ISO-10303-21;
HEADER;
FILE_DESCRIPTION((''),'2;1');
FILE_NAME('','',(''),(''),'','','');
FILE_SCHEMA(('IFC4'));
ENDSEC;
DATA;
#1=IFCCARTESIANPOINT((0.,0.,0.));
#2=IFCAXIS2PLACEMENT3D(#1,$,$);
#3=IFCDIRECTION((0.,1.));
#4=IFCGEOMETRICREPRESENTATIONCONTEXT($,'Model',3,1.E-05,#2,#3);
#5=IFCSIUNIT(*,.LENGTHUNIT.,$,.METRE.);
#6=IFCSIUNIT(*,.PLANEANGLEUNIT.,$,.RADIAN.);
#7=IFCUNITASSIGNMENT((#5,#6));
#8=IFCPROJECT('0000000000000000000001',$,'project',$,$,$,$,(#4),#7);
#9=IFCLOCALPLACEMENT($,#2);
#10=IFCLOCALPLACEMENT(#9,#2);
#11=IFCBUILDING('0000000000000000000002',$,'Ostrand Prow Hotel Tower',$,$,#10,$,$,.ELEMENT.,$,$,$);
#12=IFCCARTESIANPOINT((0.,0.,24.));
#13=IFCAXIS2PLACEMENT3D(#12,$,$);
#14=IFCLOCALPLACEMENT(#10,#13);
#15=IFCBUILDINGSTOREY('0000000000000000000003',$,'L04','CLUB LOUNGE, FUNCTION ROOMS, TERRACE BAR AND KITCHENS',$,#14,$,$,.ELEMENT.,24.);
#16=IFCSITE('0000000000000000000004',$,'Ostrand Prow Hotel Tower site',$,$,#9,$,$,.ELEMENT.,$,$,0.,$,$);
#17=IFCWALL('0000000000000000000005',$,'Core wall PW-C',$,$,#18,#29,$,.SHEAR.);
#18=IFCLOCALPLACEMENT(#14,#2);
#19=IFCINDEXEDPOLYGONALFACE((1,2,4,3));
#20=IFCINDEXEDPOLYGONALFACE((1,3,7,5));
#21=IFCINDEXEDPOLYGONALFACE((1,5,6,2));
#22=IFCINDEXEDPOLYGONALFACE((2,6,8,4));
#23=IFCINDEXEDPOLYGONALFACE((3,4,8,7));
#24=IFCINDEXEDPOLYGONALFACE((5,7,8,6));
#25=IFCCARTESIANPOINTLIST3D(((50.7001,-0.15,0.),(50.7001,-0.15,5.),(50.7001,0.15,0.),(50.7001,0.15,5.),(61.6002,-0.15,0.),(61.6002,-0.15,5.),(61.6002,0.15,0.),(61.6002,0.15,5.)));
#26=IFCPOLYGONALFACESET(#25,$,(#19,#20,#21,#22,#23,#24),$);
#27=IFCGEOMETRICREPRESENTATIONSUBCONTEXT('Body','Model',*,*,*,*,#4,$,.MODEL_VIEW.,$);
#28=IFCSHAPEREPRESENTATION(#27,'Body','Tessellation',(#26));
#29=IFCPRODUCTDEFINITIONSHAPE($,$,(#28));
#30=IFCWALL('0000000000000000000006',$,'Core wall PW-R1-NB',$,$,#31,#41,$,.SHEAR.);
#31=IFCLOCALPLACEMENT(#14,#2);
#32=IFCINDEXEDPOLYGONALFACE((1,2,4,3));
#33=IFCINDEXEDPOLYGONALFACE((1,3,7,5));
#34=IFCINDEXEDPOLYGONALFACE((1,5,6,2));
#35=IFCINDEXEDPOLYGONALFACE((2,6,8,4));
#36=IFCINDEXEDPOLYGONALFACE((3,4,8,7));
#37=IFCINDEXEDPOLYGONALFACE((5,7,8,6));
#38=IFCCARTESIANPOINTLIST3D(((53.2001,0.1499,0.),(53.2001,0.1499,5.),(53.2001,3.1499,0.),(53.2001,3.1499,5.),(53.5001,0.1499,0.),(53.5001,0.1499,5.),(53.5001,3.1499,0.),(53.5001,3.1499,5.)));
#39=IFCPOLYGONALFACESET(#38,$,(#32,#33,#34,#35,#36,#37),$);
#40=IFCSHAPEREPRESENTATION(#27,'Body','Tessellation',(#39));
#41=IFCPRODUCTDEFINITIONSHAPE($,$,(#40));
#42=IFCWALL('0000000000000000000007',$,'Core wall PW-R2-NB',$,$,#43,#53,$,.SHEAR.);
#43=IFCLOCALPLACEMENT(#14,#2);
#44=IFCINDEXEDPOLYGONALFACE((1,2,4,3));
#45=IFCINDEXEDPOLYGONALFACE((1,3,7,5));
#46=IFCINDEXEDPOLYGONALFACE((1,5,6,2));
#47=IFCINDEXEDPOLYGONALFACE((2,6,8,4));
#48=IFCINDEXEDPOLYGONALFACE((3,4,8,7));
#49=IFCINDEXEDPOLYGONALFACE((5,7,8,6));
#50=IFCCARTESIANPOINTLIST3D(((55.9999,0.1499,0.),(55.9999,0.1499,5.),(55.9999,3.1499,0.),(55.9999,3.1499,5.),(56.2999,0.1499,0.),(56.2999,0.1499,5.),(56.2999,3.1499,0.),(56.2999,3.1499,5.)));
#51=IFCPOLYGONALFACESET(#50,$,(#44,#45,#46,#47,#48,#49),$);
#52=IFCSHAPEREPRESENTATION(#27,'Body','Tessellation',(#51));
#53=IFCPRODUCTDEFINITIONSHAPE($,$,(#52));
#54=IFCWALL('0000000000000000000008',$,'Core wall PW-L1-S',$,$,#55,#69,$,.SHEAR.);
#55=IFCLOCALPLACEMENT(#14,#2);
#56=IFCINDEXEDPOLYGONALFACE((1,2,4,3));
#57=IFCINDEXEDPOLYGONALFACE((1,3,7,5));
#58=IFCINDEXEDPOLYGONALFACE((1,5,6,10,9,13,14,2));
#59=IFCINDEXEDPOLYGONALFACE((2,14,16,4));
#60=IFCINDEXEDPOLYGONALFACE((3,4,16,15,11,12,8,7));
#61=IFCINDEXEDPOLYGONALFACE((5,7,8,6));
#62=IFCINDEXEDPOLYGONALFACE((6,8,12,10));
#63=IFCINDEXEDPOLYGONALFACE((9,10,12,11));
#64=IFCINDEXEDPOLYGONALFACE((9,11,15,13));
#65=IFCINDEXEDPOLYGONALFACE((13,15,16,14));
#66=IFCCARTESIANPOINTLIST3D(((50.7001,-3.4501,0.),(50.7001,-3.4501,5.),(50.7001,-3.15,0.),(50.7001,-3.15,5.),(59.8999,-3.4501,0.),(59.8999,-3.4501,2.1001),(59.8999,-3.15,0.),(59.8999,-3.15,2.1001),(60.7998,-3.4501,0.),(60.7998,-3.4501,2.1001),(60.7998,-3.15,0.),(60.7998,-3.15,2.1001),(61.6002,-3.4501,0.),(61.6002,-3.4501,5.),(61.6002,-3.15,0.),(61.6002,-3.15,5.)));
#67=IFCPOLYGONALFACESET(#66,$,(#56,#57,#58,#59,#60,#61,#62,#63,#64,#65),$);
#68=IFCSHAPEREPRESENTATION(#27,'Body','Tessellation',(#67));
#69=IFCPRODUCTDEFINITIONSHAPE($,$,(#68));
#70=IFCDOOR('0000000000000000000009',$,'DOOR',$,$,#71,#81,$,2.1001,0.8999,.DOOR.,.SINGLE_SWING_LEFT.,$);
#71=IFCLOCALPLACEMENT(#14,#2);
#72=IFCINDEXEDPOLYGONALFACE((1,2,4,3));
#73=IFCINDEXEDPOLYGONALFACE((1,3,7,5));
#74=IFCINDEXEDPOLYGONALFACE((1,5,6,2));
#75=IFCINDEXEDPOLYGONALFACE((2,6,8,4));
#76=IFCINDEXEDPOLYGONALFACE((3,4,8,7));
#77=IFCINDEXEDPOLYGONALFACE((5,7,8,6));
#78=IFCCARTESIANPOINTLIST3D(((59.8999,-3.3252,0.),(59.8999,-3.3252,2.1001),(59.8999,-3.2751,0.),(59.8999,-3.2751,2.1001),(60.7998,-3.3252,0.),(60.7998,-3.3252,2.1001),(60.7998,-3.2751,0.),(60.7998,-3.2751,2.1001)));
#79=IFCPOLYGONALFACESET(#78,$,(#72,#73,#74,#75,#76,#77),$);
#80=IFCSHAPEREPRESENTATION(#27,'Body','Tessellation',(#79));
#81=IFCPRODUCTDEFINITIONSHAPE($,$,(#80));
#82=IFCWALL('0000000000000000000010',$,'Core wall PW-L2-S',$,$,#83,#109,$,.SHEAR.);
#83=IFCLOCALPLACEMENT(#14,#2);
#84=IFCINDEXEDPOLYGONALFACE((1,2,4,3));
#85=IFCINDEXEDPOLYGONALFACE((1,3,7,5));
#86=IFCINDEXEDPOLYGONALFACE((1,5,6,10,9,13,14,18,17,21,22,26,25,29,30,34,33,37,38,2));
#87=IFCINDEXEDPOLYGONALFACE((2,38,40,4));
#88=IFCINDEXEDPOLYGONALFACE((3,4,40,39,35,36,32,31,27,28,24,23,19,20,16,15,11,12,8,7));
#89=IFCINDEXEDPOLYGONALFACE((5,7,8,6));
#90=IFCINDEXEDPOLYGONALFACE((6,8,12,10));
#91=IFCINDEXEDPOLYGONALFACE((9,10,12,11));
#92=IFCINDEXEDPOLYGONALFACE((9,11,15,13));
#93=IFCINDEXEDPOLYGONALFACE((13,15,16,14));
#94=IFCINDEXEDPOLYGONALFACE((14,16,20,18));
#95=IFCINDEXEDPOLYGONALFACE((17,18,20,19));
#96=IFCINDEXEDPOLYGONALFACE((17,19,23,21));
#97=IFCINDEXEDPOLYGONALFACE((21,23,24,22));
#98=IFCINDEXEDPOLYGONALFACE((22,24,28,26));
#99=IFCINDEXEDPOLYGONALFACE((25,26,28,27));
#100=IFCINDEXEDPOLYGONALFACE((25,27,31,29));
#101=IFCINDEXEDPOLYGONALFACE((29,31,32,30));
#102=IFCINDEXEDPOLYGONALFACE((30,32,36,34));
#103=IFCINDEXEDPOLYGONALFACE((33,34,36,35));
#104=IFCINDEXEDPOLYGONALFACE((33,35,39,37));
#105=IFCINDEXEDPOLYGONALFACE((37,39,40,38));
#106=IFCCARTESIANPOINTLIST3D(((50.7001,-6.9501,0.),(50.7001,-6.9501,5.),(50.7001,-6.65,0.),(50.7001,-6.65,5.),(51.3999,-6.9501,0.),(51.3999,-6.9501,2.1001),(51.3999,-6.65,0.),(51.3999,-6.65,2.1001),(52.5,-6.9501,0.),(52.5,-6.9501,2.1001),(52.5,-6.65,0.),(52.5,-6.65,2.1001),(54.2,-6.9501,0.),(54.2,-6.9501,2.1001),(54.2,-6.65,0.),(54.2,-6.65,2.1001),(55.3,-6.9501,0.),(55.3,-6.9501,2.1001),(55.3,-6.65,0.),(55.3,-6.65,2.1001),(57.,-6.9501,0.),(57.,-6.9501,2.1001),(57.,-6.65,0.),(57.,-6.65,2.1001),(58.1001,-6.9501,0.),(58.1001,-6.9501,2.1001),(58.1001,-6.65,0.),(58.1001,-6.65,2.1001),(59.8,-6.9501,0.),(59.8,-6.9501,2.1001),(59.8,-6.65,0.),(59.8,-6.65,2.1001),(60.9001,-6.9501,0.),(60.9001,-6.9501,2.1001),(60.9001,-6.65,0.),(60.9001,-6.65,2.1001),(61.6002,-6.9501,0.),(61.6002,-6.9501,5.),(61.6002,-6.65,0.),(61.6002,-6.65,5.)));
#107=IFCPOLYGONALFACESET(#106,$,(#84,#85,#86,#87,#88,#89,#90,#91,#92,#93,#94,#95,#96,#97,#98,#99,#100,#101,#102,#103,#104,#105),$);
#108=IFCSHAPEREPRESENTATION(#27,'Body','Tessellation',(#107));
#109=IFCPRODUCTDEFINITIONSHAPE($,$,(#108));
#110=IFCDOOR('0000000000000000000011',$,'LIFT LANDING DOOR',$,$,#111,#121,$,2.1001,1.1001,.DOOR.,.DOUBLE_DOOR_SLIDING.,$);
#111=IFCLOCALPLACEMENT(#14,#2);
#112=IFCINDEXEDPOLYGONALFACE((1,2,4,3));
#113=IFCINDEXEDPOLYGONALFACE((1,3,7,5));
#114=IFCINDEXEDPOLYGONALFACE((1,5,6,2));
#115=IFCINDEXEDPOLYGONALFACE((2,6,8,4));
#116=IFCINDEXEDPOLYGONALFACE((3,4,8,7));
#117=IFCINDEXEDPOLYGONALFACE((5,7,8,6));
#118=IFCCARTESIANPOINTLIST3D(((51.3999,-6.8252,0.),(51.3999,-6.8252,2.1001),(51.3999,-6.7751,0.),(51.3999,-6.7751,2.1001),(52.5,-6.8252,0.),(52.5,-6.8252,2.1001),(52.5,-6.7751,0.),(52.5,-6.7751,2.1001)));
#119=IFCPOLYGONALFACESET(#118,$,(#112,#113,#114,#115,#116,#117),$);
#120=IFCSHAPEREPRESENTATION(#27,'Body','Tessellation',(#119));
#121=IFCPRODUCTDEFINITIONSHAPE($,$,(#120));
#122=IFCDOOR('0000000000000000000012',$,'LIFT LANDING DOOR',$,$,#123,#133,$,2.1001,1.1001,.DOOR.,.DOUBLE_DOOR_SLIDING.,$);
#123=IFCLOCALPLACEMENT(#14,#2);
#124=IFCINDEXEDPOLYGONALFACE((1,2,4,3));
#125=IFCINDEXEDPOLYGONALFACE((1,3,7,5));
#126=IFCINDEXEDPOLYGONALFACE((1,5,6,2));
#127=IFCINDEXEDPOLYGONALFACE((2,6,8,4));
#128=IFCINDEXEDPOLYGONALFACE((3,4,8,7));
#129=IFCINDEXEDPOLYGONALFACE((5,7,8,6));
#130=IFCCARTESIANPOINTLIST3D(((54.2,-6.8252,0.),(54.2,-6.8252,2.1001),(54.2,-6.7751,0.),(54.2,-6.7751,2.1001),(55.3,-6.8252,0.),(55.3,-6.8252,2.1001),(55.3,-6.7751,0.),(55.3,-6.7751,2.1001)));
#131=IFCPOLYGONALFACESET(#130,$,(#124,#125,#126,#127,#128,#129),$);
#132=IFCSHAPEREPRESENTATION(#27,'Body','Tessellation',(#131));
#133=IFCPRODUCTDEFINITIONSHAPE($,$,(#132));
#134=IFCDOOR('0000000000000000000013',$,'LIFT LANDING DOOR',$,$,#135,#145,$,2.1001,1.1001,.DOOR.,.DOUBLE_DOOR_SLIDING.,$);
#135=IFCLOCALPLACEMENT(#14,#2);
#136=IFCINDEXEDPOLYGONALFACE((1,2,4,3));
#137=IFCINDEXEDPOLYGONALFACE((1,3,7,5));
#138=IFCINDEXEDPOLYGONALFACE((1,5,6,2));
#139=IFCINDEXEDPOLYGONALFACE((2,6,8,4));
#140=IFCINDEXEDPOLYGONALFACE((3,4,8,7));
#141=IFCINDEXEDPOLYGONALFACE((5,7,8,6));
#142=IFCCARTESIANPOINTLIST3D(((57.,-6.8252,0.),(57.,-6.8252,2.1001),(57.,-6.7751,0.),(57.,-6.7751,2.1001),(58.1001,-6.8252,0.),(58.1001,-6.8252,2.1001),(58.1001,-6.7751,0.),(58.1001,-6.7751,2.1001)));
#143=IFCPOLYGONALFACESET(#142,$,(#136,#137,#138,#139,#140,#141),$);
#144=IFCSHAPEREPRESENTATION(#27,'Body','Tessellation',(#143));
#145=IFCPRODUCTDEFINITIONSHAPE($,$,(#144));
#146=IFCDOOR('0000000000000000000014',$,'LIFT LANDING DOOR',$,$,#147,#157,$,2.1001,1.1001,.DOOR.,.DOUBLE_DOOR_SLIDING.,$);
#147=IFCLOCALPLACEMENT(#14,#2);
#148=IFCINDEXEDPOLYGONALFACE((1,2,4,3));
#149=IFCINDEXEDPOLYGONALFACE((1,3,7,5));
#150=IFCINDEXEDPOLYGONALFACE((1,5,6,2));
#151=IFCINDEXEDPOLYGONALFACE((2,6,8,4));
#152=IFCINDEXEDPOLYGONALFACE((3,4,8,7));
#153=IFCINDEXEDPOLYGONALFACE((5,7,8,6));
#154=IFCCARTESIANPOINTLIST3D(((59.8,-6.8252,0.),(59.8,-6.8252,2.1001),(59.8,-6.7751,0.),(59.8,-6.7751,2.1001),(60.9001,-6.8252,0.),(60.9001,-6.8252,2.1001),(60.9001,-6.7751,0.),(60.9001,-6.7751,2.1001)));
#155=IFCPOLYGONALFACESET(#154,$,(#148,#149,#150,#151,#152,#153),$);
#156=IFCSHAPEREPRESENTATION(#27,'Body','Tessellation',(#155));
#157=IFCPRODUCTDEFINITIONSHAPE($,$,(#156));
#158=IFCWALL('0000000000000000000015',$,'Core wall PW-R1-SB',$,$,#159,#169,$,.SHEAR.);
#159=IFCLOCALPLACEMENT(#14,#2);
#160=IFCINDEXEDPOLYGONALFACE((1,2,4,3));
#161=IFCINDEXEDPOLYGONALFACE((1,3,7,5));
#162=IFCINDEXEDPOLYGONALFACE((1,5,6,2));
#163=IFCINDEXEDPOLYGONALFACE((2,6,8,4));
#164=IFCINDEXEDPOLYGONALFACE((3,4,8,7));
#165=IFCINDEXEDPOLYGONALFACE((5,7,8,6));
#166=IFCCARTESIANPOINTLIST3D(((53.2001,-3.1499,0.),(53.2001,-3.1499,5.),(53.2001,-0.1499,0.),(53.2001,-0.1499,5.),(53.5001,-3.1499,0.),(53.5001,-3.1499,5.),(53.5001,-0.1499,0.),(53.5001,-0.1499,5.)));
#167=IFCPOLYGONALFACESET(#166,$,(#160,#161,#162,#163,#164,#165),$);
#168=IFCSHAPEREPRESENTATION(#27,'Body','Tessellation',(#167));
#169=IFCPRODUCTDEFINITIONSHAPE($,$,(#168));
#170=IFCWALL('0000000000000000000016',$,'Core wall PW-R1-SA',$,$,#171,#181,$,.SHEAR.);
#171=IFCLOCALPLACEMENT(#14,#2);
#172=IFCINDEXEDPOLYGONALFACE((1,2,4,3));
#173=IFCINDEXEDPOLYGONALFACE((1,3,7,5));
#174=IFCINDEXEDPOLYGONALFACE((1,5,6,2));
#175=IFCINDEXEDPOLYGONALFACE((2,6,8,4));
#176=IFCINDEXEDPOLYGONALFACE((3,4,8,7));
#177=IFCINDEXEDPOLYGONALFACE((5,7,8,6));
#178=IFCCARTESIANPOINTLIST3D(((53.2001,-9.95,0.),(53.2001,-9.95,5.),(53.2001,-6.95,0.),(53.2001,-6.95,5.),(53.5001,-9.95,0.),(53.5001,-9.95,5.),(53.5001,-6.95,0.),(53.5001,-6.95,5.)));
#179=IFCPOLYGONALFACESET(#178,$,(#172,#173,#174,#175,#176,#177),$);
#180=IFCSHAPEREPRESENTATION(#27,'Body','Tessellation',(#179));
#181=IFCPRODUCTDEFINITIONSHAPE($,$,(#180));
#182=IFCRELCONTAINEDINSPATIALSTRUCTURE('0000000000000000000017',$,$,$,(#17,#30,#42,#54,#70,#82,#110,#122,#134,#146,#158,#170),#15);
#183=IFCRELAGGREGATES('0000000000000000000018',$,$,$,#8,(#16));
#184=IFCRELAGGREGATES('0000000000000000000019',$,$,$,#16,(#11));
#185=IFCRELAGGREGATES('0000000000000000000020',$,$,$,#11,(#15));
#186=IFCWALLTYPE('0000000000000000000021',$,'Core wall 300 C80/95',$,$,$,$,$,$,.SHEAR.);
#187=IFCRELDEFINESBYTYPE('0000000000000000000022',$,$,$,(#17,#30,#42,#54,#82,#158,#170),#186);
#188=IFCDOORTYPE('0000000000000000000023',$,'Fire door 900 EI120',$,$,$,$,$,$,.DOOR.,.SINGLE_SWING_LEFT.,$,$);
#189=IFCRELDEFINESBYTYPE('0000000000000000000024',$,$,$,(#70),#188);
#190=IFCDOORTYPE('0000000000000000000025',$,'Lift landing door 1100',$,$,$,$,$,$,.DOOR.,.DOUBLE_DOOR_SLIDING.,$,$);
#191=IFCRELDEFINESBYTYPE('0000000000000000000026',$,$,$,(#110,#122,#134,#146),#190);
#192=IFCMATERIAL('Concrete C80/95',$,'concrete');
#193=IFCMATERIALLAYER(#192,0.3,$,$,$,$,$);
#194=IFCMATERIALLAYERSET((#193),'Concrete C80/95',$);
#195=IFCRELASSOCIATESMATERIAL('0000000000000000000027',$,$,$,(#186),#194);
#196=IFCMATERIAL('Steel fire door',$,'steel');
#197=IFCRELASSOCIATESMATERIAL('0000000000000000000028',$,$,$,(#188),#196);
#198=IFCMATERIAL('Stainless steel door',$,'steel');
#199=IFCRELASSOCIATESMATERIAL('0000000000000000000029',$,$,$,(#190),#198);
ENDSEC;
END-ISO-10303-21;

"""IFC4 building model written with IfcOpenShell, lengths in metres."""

from ifc_helpers import new_model, si_unit, direction, frame, frame_2d, origin, place, context, subcontext, project, spatial, rectangle, extrude, material, layer, layer_set, type_object, element, fill, save


model = new_model("IFC4")

# Units and contexts
model_context = context("Model", 3, precision=1e-05, world=origin(), true_north=direction((0.0, 1.0)))
body_context = subcontext(model_context, "Body", "Model", "MODEL_VIEW")
ifc_project = project(units=[si_unit("LENGTHUNIT", "METRE"), si_unit("PLANEANGLEUNIT", "RADIAN")], contexts=[model_context])

# Site, building, storey
site_placement = place(None, origin())
site = spatial("IfcSite", under=ifc_project, at=site_placement, Name="Ostrand Prow Hotel Tower site", CompositionType="ELEMENT", RefElevation=0.0)
building_placement = place(site_placement, origin())
building = spatial("IfcBuilding", under=site, at=building_placement, Name="Ostrand Prow Hotel Tower", CompositionType="ELEMENT")
storey_placement = place(building_placement, frame((0.0, 0.0, 24.0)))
storey = spatial("IfcBuildingStorey", under=building, at=storey_placement, Name="L04", Description="CLUB LOUNGE, FUNCTION ROOMS, TERRACE BAR AND KITCHENS", CompositionType="ELEMENT", Elevation=24.0)

# Walls
ifc_material_1 = material(Name="Concrete C80/95", Category="concrete")
ifc_layer_1 = layer(ifc_material_1, 0.3)
ifc_layer_set_1 = layer_set([ifc_layer_1], Name="Concrete C80/95")
wall_type_1 = type_object("IfcWallType", Name="Core wall 300 C80/95", PredefinedType="SHEAR", material=ifc_layer_set_1)
wall_1_placement = place(storey_placement, frame((50.7, 0.0, 0.0), z_axis=(0.0, 0.0, 1.0), x_axis=(1.0, 0.0, 0.0)))
element("IfcWall", 1, at=wall_1_placement, inside=storey, type_object=wall_type_1, Name="Core wall PW-C", PredefinedType="SHEAR", context=body_context, shape_type="SweptSolid", body=[
    extrude(rectangle(XDim=10.9001, YDim=0.3, at=frame_2d((5.4502, 0.0))), origin(), (0.0, 0.0, 1.0), 5.0),
])
for number, where, z_axis, x_axis, name in (
    (2, (53.3501, 0.1499, 0.0), (0.0, 0.0, 1.0), (0.0, 1.0, 0.0), "Core wall PW-R1-NB"),
    (3, (56.1499, 0.1499, 0.0), (0.0, 0.0, 1.0), (0.0, 1.0, 0.0), "Core wall PW-R2-NB"),
):
    element("IfcWall", number, at=place(storey_placement, frame(where, z_axis=z_axis, x_axis=x_axis)), inside=storey, type_object=wall_type_1, Name=name, PredefinedType="SHEAR", context=body_context, shape_type="SweptSolid", body=[
        extrude(rectangle(XDim=3.0, YDim=0.3, at=frame_2d((1.5, 0.0))), origin(), (0.0, 0.0, 1.0), 5.0),
    ])

# Wall, opening, door
wall_2_placement = place(storey_placement, frame((50.7, -3.3, 0.0), z_axis=(0.0, 0.0, 1.0), x_axis=(1.0, 0.0, 0.0)))
wall_2 = element("IfcWall", 4, at=wall_2_placement, inside=storey, type_object=wall_type_1, Name="Core wall PW-L1-S", PredefinedType="SHEAR", context=body_context, shape_type="SweptSolid", body=[
    extrude(rectangle(XDim=10.9001, YDim=0.3, at=frame_2d((5.4502, 0.0))), origin(), (0.0, 0.0, 1.0), 5.0),
])
opening_1_placement = place(wall_2_placement, frame((9.2, 0.0, 0.0)))
opening_1 = element("IfcOpeningElement", 5, at=opening_1_placement, cuts=wall_2, PredefinedType="OPENING", context=body_context, shape_type="SweptSolid", body=[
    extrude(rectangle(XDim=0.8999, YDim=2.1001, at=frame_2d((0.45, 1.05))), frame((0.0, 0.1599, 0.0), z_axis=(0.0, -1.0, 0.0), x_axis=(1.0, 0.0, 0.0)), (0.0, 0.0, 1.0), 0.3201),
])
ifc_material_2 = material(Name="Steel fire door", Category="steel")
door_type_1 = type_object("IfcDoorType", Name="Fire door 900 EI120", OperationType="SINGLE_SWING_LEFT", PredefinedType="DOOR", material=ifc_material_2)
door_1_placement = place(opening_1_placement, origin())
door_1 = element("IfcDoor", 6, at=door_1_placement, inside=storey, type_object=door_type_1, Name="DOOR", OperationType="SINGLE_SWING_LEFT", OverallHeight=2.1001, OverallWidth=0.8999, PredefinedType="DOOR", context=body_context, shape_type="SweptSolid", body=[
    extrude(rectangle(XDim=0.8999, YDim=2.1001, at=frame_2d((0.45, 1.05))), frame((0.0, 0.0249, 0.0), z_axis=(0.0, -1.0, 0.0), x_axis=(1.0, 0.0, 0.0)), (0.0, 0.0, 1.0), 0.05),
])
fill(opening_1, door_1)

# Wall, openings, doors
wall_3_placement = place(storey_placement, frame((50.7, -6.8, 0.0), z_axis=(0.0, 0.0, 1.0), x_axis=(1.0, 0.0, 0.0)))
wall_3 = element("IfcWall", 7, at=wall_3_placement, inside=storey, type_object=wall_type_1, Name="Core wall PW-L2-S", PredefinedType="SHEAR", context=body_context, shape_type="SweptSolid", body=[
    extrude(rectangle(XDim=10.9001, YDim=0.3, at=frame_2d((5.4502, 0.0))), origin(), (0.0, 0.0, 1.0), 5.0),
])
opening_2_placement = place(wall_3_placement, frame((0.7, 0.0, 0.0)))
opening_2 = element("IfcOpeningElement", 8, at=opening_2_placement, cuts=wall_3, PredefinedType="OPENING", context=body_context, shape_type="SweptSolid", body=[
    extrude(rectangle(XDim=1.1001, YDim=2.1001, at=frame_2d((0.55, 1.05))), frame((0.0, 0.1599, 0.0), z_axis=(0.0, -1.0, 0.0), x_axis=(1.0, 0.0, 0.0)), (0.0, 0.0, 1.0), 0.3201),
])
opening_3_placement = place(wall_3_placement, frame((3.5, 0.0, 0.0)))
opening_3 = element("IfcOpeningElement", 9, at=opening_3_placement, cuts=wall_3, PredefinedType="OPENING", context=body_context, shape_type="SweptSolid", body=[
    extrude(rectangle(XDim=1.1001, YDim=2.1001, at=frame_2d((0.55, 1.05))), frame((0.0, 0.1599, 0.0), z_axis=(0.0, -1.0, 0.0), x_axis=(1.0, 0.0, 0.0)), (0.0, 0.0, 1.0), 0.3201),
])
opening_4_placement = place(wall_3_placement, frame((6.3, 0.0, 0.0)))
opening_4 = element("IfcOpeningElement", 10, at=opening_4_placement, cuts=wall_3, PredefinedType="OPENING", context=body_context, shape_type="SweptSolid", body=[
    extrude(rectangle(XDim=1.1001, YDim=2.1001, at=frame_2d((0.55, 1.05))), frame((0.0, 0.1599, 0.0), z_axis=(0.0, -1.0, 0.0), x_axis=(1.0, 0.0, 0.0)), (0.0, 0.0, 1.0), 0.3201),
])
opening_5_placement = place(wall_3_placement, frame((9.1001, 0.0, 0.0)))
opening_5 = element("IfcOpeningElement", 11, at=opening_5_placement, cuts=wall_3, PredefinedType="OPENING", context=body_context, shape_type="SweptSolid", body=[
    extrude(rectangle(XDim=1.1001, YDim=2.1001, at=frame_2d((0.55, 1.05))), frame((0.0, 0.1599, 0.0), z_axis=(0.0, -1.0, 0.0), x_axis=(1.0, 0.0, 0.0)), (0.0, 0.0, 1.0), 0.3201),
])
ifc_material_3 = material(Name="Stainless steel door", Category="steel")
door_type_2 = type_object("IfcDoorType", Name="Lift landing door 1100", OperationType="DOUBLE_DOOR_SLIDING", PredefinedType="DOOR", material=ifc_material_3)
door_2_placement = place(opening_2_placement, origin())
door_2 = element("IfcDoor", 12, at=door_2_placement, inside=storey, type_object=door_type_2, Name="LIFT LANDING DOOR", OperationType="DOUBLE_DOOR_SLIDING", OverallHeight=2.1001, OverallWidth=1.1001, PredefinedType="DOOR", context=body_context, shape_type="SweptSolid", body=[
    extrude(rectangle(XDim=1.1001, YDim=2.1001, at=frame_2d((0.55, 1.05))), frame((0.0, 0.0249, 0.0), z_axis=(0.0, -1.0, 0.0), x_axis=(1.0, 0.0, 0.0)), (0.0, 0.0, 1.0), 0.05),
])
fill(opening_2, door_2)
door_3_placement = place(opening_3_placement, origin())
door_3 = element("IfcDoor", 13, at=door_3_placement, inside=storey, type_object=door_type_2, Name="LIFT LANDING DOOR", OperationType="DOUBLE_DOOR_SLIDING", OverallHeight=2.1001, OverallWidth=1.1001, PredefinedType="DOOR", context=body_context, shape_type="SweptSolid", body=[
    extrude(rectangle(XDim=1.1001, YDim=2.1001, at=frame_2d((0.55, 1.05))), frame((0.0, 0.0249, 0.0), z_axis=(0.0, -1.0, 0.0), x_axis=(1.0, 0.0, 0.0)), (0.0, 0.0, 1.0), 0.05),
])
fill(opening_3, door_3)
door_4_placement = place(opening_4_placement, origin())
door_4 = element("IfcDoor", 14, at=door_4_placement, inside=storey, type_object=door_type_2, Name="LIFT LANDING DOOR", OperationType="DOUBLE_DOOR_SLIDING", OverallHeight=2.1001, OverallWidth=1.1001, PredefinedType="DOOR", context=body_context, shape_type="SweptSolid", body=[
    extrude(rectangle(XDim=1.1001, YDim=2.1001, at=frame_2d((0.55, 1.05))), frame((0.0, 0.0249, 0.0), z_axis=(0.0, -1.0, 0.0), x_axis=(1.0, 0.0, 0.0)), (0.0, 0.0, 1.0), 0.05),
])
fill(opening_4, door_4)
door_5_placement = place(opening_5_placement, origin())
door_5 = element("IfcDoor", 15, at=door_5_placement, inside=storey, type_object=door_type_2, Name="LIFT LANDING DOOR", OperationType="DOUBLE_DOOR_SLIDING", OverallHeight=2.1001, OverallWidth=1.1001, PredefinedType="DOOR", context=body_context, shape_type="SweptSolid", body=[
    extrude(rectangle(XDim=1.1001, YDim=2.1001, at=frame_2d((0.55, 1.05))), frame((0.0, 0.0249, 0.0), z_axis=(0.0, -1.0, 0.0), x_axis=(1.0, 0.0, 0.0)), (0.0, 0.0, 1.0), 0.05),
])
fill(opening_5, door_5)

# Walls
for number, where, z_axis, x_axis, name in (
    (16, (53.3501, -3.1499, 0.0), (0.0, 0.0, 1.0), (0.0, 1.0, 0.0), "Core wall PW-R1-SB"),
    (17, (53.3501, -9.95, 0.0), (0.0, 0.0, 1.0), (0.0, 1.0, 0.0), "Core wall PW-R1-SA"),
):
    element("IfcWall", number, at=place(storey_placement, frame(where, z_axis=z_axis, x_axis=x_axis)), inside=storey, type_object=wall_type_1, Name=name, PredefinedType="SHEAR", context=body_context, shape_type="SweptSolid", body=[
        extrude(rectangle(XDim=3.0, YDim=0.3, at=frame_2d((1.5, 0.0))), origin(), (0.0, 0.0, 1.0), 5.0),
    ])

save(model, "model.ifc")
